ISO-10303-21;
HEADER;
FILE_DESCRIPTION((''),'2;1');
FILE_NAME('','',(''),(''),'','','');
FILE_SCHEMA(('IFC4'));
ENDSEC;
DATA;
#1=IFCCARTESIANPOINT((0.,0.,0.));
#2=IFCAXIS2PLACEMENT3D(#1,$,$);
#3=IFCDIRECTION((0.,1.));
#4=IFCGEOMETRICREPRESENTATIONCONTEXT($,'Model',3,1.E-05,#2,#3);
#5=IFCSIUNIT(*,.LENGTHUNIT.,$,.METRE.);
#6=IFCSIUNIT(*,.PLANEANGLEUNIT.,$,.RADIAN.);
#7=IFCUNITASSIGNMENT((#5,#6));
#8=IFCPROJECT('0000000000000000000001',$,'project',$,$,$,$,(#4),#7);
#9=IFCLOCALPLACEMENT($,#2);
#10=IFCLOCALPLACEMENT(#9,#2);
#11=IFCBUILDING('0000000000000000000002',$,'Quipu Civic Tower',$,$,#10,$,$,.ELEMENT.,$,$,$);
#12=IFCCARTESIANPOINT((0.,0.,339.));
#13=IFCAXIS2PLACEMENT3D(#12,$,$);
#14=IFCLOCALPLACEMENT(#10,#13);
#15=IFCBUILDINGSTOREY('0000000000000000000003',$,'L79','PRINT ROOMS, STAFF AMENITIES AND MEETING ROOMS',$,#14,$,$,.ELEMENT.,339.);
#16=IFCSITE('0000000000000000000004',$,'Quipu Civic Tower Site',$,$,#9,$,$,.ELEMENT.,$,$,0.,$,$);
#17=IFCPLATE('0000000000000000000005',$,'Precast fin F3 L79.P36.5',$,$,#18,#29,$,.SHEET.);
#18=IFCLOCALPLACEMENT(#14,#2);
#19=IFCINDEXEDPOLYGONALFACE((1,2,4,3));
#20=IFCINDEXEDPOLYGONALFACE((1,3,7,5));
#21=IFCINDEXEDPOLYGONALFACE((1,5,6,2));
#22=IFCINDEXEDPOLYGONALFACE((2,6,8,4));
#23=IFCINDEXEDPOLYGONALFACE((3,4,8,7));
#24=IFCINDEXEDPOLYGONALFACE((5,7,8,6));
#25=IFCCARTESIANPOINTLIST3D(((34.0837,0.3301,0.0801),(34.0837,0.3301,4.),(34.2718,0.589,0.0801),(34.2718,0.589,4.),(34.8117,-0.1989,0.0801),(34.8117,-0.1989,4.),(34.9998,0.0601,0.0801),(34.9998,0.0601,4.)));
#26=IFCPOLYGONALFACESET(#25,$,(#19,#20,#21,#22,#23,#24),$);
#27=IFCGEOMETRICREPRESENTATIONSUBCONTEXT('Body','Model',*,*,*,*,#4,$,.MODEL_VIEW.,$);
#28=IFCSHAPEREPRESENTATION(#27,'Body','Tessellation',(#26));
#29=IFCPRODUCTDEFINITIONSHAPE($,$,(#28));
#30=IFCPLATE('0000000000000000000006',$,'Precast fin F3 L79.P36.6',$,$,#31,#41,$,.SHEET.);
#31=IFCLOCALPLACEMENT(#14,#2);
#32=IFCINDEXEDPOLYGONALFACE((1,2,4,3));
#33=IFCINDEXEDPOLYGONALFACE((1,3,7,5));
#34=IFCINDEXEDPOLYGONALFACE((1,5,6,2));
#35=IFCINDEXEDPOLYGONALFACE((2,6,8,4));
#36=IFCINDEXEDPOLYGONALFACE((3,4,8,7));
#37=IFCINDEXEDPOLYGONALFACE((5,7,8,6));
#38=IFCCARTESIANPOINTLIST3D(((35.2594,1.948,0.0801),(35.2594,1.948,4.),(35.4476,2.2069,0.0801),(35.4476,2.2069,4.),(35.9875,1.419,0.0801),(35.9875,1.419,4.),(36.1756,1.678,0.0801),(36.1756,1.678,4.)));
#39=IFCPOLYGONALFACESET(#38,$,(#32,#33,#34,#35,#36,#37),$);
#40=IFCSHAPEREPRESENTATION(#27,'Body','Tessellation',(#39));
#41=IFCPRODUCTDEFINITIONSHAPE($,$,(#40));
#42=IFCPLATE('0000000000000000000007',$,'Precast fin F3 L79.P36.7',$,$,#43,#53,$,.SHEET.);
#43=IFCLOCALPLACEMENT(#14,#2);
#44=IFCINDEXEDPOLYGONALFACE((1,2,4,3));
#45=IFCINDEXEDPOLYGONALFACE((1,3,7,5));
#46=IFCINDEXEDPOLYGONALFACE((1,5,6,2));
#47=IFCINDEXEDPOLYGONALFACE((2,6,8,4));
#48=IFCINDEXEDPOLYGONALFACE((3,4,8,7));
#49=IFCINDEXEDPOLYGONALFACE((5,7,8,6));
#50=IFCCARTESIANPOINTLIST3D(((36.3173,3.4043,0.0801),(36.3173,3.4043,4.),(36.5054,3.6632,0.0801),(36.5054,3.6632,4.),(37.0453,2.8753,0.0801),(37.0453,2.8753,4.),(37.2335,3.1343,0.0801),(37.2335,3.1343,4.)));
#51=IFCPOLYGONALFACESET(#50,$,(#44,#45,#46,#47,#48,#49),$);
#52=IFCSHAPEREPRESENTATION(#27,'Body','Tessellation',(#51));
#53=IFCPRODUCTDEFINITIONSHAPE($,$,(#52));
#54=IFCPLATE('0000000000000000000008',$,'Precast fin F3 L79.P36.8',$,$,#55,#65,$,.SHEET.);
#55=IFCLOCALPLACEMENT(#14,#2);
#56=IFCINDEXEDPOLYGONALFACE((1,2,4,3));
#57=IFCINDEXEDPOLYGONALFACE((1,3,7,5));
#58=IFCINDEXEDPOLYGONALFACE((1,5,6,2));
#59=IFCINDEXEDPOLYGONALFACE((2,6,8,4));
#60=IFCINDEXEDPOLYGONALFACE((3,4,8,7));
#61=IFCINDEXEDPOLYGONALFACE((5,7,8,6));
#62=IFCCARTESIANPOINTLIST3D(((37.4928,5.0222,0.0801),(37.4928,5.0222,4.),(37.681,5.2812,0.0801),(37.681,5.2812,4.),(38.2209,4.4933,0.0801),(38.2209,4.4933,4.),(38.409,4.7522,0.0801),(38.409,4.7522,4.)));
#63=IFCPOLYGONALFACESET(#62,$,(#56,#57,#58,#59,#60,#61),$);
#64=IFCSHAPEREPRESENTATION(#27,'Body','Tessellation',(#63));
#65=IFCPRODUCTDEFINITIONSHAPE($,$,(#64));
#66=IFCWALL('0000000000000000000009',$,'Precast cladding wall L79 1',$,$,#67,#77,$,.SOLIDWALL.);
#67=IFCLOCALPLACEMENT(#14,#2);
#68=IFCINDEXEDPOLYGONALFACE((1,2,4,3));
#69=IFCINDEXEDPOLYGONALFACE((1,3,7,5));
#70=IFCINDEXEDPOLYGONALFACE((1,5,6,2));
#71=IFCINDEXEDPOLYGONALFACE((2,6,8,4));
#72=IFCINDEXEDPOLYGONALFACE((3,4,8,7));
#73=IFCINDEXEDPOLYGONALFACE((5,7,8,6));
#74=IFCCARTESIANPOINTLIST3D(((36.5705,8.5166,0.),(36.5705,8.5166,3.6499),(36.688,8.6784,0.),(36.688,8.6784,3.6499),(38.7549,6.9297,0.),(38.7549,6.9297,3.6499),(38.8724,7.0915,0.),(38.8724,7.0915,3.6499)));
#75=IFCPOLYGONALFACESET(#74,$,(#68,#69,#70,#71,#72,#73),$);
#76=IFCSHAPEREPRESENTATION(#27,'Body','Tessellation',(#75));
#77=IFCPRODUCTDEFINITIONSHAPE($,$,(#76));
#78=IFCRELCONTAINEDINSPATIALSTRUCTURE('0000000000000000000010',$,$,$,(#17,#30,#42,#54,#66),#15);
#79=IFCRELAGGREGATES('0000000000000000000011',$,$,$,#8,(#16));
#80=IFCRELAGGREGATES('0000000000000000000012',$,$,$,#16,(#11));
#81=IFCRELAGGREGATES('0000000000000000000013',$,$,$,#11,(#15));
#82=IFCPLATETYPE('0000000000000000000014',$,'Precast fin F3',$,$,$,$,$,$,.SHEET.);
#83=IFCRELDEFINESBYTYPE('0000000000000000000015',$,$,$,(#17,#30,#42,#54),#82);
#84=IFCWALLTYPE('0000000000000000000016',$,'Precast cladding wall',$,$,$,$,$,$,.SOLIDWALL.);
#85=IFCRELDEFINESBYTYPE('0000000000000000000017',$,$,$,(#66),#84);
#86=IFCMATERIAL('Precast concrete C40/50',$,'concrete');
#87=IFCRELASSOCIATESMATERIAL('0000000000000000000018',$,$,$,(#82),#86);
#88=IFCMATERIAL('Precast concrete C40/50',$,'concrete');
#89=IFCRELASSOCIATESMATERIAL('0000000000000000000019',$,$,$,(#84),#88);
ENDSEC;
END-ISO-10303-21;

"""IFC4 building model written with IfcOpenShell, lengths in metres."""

from ifc_helpers import new_model, si_unit, direction, frame, frame_2d, origin, origin_2d, place, context, subcontext, project, spatial, rectangle, extrude, material, type_object, element, save


model = new_model("IFC4")

# Units and contexts
model_context = context("Model", 3, precision=1e-05, world=origin(), true_north=direction((0.0, 1.0)))
body_context = subcontext(model_context, "Body", "Model", "MODEL_VIEW")
ifc_project = project(units=[si_unit("LENGTHUNIT", "METRE"), si_unit("PLANEANGLEUNIT", "RADIAN")], contexts=[model_context])

# Site, building, storey
site_placement = place(None, origin())
site = spatial("IfcSite", under=ifc_project, at=site_placement, Name="Quipu Civic Tower Site", CompositionType="ELEMENT", RefElevation=0.0)
building_placement = place(site_placement, origin())
building = spatial("IfcBuilding", under=site, at=building_placement, Name="Quipu Civic Tower", CompositionType="ELEMENT")
storey_placement = place(building_placement, frame((0.0, 0.0, 339.0)))
storey = spatial("IfcBuildingStorey", under=building, at=storey_placement, Name="L79", Description="PRINT ROOMS, STAFF AMENITIES AND MEETING ROOMS", CompositionType="ELEMENT", Elevation=339.0)

# Plates
ifc_material_1 = material(Name="Precast concrete C40/50", Category="concrete")
plate_type_1 = type_object("IfcPlateType", Name="Precast fin F3", PredefinedType="SHEET", material=ifc_material_1)
for number, where, z_axis, x_axis, name in (
    (1, (34.5417, 0.1951, 0.0801), (0.0, 0.0, 1.0), (0.587787, 0.809016, 0.0), "Precast fin F3 L79.P36.5"),
    (2, (35.7175, 1.813, 0.0801), (0.0, 0.0, 1.0), (0.587787, 0.809016, 0.0), "Precast fin F3 L79.P36.6"),
    (3, (36.7754, 3.2693, 0.0801), (0.0, 0.0, 1.0), (0.587787, 0.809016, 0.0), "Precast fin F3 L79.P36.7"),
    (4, (37.9509, 4.8872, 0.0801), (0.0, 0.0, 1.0), (0.587787, 0.809016, 0.0), "Precast fin F3 L79.P36.8"),
):
    element("IfcPlate", number, at=place(storey_placement, frame(where, z_axis=z_axis, x_axis=x_axis)), inside=storey, type_object=plate_type_1, Name=name, PredefinedType="SHEET", context=body_context, shape_type="SweptSolid", body=[
        extrude(rectangle(XDim=0.3201, YDim=0.8999, at=origin_2d()), origin(), (0.0, 0.0, 1.0), 3.9199),
    ])

# Wall
ifc_material_2 = material(Name="Precast concrete C40/50", Category="concrete")
wall_type = type_object("IfcWallType", Name="Precast cladding wall", PredefinedType="SOLIDWALL", material=ifc_material_2)
wall_placement = place(storey_placement, frame((38.8137, 7.0105, 0.0), z_axis=(0.0, 0.0, 1.0), x_axis=(-0.809033, 0.587763, 0.0)))
element("IfcWall", 5, at=wall_placement, inside=storey, type_object=wall_type, Name="Precast cladding wall L79 1", PredefinedType="SOLIDWALL", context=body_context, shape_type="SweptSolid", body=[
    extrude(rectangle(XDim=2.7, YDim=0.2, at=frame_2d((1.3501, 0.0))), origin(), (0.0, 0.0, 1.0), 3.6499),
])

save(model, "model.ifc")
